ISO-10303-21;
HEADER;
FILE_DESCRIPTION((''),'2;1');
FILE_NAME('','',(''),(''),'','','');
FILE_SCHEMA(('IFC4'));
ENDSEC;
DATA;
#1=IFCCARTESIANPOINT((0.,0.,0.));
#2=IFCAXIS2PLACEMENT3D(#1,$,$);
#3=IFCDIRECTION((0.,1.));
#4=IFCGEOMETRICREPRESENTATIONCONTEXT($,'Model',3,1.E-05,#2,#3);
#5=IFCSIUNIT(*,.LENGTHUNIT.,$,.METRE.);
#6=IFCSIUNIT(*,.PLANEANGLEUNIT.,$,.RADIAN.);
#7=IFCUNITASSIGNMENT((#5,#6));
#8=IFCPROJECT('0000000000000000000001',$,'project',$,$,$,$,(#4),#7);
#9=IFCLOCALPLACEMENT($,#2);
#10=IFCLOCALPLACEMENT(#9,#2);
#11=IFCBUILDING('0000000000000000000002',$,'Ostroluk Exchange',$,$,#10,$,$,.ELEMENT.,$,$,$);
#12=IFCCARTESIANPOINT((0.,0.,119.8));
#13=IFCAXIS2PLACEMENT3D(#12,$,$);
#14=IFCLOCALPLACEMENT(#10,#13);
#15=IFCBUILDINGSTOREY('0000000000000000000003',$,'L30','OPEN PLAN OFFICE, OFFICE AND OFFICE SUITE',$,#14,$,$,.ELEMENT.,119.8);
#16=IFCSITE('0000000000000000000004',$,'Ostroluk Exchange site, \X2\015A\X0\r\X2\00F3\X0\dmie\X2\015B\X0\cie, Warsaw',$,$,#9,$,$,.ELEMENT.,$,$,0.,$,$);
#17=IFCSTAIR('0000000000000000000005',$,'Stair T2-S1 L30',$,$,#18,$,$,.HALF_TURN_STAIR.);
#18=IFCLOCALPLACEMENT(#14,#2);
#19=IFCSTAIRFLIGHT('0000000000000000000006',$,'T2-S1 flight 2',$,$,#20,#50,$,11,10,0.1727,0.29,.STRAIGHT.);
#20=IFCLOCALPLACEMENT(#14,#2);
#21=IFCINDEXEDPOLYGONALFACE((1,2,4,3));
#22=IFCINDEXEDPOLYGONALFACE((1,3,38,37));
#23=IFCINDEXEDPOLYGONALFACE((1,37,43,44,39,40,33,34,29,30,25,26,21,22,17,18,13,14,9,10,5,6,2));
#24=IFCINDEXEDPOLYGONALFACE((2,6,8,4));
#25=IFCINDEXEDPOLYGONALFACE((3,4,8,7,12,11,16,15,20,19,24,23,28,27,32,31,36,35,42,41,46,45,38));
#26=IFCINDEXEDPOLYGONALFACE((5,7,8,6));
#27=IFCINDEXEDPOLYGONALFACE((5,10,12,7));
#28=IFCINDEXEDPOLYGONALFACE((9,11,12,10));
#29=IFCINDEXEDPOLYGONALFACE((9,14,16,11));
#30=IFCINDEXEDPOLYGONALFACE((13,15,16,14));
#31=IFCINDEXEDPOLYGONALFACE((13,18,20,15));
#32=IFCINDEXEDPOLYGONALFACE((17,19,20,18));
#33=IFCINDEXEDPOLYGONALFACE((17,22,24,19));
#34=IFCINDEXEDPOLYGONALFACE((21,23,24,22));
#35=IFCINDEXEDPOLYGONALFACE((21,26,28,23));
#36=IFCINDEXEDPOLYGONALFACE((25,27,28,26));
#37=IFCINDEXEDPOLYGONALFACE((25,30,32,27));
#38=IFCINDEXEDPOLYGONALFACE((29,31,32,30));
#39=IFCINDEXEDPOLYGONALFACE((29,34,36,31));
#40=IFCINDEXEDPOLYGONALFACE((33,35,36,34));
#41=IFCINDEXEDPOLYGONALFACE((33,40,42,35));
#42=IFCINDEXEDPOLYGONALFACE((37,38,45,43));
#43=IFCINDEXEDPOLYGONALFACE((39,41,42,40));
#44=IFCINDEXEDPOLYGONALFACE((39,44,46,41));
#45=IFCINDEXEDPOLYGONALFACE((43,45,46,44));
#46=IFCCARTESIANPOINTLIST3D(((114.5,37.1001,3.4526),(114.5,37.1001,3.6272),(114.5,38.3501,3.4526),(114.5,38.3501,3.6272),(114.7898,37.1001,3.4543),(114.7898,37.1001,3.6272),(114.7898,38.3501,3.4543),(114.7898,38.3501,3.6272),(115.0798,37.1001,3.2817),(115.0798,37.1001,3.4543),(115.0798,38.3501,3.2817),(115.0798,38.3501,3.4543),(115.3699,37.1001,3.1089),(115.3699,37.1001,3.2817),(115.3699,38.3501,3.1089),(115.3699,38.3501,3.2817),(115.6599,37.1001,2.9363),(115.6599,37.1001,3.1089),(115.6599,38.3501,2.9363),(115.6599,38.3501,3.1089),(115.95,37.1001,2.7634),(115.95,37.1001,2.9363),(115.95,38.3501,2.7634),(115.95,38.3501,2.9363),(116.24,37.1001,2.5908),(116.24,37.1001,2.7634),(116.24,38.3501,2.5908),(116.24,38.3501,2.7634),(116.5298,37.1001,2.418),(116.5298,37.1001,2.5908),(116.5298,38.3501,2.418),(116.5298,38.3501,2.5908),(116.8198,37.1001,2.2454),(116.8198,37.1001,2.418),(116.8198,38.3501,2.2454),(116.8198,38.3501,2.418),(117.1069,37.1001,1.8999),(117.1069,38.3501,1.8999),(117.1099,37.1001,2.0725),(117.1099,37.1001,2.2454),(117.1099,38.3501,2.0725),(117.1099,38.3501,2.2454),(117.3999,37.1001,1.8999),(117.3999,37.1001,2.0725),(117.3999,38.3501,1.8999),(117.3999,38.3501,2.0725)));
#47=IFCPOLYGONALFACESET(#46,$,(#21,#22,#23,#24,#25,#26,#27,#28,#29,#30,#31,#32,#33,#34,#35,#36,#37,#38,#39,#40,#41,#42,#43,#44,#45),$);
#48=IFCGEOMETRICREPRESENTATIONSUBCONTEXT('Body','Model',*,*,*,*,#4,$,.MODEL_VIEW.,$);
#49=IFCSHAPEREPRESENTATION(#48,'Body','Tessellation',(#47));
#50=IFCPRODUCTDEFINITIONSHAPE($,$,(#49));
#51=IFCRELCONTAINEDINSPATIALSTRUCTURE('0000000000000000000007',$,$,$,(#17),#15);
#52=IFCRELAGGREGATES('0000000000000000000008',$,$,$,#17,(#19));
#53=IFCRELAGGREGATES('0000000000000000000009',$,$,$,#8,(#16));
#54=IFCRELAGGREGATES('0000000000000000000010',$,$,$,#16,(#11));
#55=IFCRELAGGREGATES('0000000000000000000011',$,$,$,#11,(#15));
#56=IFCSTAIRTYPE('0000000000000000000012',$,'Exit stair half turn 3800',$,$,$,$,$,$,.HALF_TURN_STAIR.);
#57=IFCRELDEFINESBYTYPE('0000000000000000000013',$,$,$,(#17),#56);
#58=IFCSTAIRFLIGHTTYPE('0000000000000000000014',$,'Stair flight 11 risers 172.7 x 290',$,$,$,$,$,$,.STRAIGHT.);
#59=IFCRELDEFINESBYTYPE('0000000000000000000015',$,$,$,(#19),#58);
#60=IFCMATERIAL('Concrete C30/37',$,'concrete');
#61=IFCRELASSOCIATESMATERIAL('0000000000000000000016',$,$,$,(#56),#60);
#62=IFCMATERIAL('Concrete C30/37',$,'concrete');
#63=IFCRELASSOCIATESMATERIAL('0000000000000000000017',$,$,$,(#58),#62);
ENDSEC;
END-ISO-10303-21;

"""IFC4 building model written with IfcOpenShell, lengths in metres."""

from ifc_helpers import new_model, si_unit, direction, frame, origin, place, context, subcontext, project, spatial, polyline, outline, extrude, material, type_object, element, aggregate, save


model = new_model("IFC4")

# Units and contexts
model_context = context("Model", 3, precision=1e-05, world=origin(), true_north=direction((0.0, 1.0)))
body_context = subcontext(model_context, "Body", "Model", "MODEL_VIEW")
ifc_project = project(units=[si_unit("LENGTHUNIT", "METRE"), si_unit("PLANEANGLEUNIT", "RADIAN")], contexts=[model_context])

# Site, building, storey
site_placement = place(None, origin())
site = spatial("IfcSite", under=ifc_project, at=site_placement, Name="Ostroluk Exchange site, Śródmieście, Warsaw", CompositionType="ELEMENT", RefElevation=0.0)
building_placement = place(site_placement, origin())
building = spatial("IfcBuilding", under=site, at=building_placement, Name="Ostroluk Exchange", CompositionType="ELEMENT")
storey_placement = place(building_placement, frame((0.0, 0.0, 119.8)))
storey = spatial("IfcBuildingStorey", under=building, at=storey_placement, Name="L30", Description="OPEN PLAN OFFICE, OFFICE AND OFFICE SUITE", CompositionType="ELEMENT", Elevation=119.8)

# Stair, stair flight
ifc_material_1 = material(Name="Concrete C30/37", Category="concrete")
stair_type = type_object("IfcStairType", Name="Exit stair half turn 3800", PredefinedType="HALF_TURN_STAIR", material=ifc_material_1)
stair_placement = place(storey_placement, origin())
stair = element("IfcStair", 1, at=stair_placement, inside=storey, type_object=stair_type, Name="Stair T2-S1 L30", PredefinedType="HALF_TURN_STAIR")
ifc_material_2 = material(Name="Concrete C30/37", Category="concrete")
stair_flight_type = type_object("IfcStairFlightType", Name="Stair flight 11 risers 172.7 x 290", PredefinedType="STRAIGHT", material=ifc_material_2)
stair_flight_1_placement = place(storey_placement, frame((117.3999, 37.7251, 1.8999), z_axis=(0.0, 0.0, 1.0), x_axis=(-1.0, 0.0, 0.0)))
stair_flight_1 = element("IfcStairFlight", 2, at=stair_flight_1_placement, type_object=stair_flight_type, Name="T2-S1 flight 2", NumberOfRisers=11, NumberOfTreads=10, PredefinedType="STRAIGHT", RiserHeight=0.1727, TreadLength=0.29, context=body_context, shape_type="SweptSolid", body=[
    extrude(outline(polyline([(0.0, 0.0), (0.0, 0.1726), (0.29, 0.1726), (0.29, 0.3455), (0.5801, 0.3455), (0.5801, 0.5181), (0.8701, 0.5181), (0.8701, 0.6909), (1.1599, 0.6909), (1.1599, 0.8635), (1.45, 0.8635), (1.45, 1.0364), (1.74, 1.0364), (1.74, 1.209), (2.03, 1.209), (2.03, 1.3818), (2.3201, 1.3818), (2.3201, 1.5544), (2.6101, 1.5544), (2.6101, 1.7273), (2.8999, 1.7273), (2.8999, 1.8999), (2.8999, 1.5527), (0.293, 0.0), (0.0, 0.0)])), frame((0.0, 0.625, 0.0), z_axis=(0.0, -1.0, 0.0), x_axis=(1.0, 0.0, 0.0)), (0.0, 0.0, 1.0), 1.25),
])
aggregate(stair, [stair_flight_1])

save(model, "model.ifc")
